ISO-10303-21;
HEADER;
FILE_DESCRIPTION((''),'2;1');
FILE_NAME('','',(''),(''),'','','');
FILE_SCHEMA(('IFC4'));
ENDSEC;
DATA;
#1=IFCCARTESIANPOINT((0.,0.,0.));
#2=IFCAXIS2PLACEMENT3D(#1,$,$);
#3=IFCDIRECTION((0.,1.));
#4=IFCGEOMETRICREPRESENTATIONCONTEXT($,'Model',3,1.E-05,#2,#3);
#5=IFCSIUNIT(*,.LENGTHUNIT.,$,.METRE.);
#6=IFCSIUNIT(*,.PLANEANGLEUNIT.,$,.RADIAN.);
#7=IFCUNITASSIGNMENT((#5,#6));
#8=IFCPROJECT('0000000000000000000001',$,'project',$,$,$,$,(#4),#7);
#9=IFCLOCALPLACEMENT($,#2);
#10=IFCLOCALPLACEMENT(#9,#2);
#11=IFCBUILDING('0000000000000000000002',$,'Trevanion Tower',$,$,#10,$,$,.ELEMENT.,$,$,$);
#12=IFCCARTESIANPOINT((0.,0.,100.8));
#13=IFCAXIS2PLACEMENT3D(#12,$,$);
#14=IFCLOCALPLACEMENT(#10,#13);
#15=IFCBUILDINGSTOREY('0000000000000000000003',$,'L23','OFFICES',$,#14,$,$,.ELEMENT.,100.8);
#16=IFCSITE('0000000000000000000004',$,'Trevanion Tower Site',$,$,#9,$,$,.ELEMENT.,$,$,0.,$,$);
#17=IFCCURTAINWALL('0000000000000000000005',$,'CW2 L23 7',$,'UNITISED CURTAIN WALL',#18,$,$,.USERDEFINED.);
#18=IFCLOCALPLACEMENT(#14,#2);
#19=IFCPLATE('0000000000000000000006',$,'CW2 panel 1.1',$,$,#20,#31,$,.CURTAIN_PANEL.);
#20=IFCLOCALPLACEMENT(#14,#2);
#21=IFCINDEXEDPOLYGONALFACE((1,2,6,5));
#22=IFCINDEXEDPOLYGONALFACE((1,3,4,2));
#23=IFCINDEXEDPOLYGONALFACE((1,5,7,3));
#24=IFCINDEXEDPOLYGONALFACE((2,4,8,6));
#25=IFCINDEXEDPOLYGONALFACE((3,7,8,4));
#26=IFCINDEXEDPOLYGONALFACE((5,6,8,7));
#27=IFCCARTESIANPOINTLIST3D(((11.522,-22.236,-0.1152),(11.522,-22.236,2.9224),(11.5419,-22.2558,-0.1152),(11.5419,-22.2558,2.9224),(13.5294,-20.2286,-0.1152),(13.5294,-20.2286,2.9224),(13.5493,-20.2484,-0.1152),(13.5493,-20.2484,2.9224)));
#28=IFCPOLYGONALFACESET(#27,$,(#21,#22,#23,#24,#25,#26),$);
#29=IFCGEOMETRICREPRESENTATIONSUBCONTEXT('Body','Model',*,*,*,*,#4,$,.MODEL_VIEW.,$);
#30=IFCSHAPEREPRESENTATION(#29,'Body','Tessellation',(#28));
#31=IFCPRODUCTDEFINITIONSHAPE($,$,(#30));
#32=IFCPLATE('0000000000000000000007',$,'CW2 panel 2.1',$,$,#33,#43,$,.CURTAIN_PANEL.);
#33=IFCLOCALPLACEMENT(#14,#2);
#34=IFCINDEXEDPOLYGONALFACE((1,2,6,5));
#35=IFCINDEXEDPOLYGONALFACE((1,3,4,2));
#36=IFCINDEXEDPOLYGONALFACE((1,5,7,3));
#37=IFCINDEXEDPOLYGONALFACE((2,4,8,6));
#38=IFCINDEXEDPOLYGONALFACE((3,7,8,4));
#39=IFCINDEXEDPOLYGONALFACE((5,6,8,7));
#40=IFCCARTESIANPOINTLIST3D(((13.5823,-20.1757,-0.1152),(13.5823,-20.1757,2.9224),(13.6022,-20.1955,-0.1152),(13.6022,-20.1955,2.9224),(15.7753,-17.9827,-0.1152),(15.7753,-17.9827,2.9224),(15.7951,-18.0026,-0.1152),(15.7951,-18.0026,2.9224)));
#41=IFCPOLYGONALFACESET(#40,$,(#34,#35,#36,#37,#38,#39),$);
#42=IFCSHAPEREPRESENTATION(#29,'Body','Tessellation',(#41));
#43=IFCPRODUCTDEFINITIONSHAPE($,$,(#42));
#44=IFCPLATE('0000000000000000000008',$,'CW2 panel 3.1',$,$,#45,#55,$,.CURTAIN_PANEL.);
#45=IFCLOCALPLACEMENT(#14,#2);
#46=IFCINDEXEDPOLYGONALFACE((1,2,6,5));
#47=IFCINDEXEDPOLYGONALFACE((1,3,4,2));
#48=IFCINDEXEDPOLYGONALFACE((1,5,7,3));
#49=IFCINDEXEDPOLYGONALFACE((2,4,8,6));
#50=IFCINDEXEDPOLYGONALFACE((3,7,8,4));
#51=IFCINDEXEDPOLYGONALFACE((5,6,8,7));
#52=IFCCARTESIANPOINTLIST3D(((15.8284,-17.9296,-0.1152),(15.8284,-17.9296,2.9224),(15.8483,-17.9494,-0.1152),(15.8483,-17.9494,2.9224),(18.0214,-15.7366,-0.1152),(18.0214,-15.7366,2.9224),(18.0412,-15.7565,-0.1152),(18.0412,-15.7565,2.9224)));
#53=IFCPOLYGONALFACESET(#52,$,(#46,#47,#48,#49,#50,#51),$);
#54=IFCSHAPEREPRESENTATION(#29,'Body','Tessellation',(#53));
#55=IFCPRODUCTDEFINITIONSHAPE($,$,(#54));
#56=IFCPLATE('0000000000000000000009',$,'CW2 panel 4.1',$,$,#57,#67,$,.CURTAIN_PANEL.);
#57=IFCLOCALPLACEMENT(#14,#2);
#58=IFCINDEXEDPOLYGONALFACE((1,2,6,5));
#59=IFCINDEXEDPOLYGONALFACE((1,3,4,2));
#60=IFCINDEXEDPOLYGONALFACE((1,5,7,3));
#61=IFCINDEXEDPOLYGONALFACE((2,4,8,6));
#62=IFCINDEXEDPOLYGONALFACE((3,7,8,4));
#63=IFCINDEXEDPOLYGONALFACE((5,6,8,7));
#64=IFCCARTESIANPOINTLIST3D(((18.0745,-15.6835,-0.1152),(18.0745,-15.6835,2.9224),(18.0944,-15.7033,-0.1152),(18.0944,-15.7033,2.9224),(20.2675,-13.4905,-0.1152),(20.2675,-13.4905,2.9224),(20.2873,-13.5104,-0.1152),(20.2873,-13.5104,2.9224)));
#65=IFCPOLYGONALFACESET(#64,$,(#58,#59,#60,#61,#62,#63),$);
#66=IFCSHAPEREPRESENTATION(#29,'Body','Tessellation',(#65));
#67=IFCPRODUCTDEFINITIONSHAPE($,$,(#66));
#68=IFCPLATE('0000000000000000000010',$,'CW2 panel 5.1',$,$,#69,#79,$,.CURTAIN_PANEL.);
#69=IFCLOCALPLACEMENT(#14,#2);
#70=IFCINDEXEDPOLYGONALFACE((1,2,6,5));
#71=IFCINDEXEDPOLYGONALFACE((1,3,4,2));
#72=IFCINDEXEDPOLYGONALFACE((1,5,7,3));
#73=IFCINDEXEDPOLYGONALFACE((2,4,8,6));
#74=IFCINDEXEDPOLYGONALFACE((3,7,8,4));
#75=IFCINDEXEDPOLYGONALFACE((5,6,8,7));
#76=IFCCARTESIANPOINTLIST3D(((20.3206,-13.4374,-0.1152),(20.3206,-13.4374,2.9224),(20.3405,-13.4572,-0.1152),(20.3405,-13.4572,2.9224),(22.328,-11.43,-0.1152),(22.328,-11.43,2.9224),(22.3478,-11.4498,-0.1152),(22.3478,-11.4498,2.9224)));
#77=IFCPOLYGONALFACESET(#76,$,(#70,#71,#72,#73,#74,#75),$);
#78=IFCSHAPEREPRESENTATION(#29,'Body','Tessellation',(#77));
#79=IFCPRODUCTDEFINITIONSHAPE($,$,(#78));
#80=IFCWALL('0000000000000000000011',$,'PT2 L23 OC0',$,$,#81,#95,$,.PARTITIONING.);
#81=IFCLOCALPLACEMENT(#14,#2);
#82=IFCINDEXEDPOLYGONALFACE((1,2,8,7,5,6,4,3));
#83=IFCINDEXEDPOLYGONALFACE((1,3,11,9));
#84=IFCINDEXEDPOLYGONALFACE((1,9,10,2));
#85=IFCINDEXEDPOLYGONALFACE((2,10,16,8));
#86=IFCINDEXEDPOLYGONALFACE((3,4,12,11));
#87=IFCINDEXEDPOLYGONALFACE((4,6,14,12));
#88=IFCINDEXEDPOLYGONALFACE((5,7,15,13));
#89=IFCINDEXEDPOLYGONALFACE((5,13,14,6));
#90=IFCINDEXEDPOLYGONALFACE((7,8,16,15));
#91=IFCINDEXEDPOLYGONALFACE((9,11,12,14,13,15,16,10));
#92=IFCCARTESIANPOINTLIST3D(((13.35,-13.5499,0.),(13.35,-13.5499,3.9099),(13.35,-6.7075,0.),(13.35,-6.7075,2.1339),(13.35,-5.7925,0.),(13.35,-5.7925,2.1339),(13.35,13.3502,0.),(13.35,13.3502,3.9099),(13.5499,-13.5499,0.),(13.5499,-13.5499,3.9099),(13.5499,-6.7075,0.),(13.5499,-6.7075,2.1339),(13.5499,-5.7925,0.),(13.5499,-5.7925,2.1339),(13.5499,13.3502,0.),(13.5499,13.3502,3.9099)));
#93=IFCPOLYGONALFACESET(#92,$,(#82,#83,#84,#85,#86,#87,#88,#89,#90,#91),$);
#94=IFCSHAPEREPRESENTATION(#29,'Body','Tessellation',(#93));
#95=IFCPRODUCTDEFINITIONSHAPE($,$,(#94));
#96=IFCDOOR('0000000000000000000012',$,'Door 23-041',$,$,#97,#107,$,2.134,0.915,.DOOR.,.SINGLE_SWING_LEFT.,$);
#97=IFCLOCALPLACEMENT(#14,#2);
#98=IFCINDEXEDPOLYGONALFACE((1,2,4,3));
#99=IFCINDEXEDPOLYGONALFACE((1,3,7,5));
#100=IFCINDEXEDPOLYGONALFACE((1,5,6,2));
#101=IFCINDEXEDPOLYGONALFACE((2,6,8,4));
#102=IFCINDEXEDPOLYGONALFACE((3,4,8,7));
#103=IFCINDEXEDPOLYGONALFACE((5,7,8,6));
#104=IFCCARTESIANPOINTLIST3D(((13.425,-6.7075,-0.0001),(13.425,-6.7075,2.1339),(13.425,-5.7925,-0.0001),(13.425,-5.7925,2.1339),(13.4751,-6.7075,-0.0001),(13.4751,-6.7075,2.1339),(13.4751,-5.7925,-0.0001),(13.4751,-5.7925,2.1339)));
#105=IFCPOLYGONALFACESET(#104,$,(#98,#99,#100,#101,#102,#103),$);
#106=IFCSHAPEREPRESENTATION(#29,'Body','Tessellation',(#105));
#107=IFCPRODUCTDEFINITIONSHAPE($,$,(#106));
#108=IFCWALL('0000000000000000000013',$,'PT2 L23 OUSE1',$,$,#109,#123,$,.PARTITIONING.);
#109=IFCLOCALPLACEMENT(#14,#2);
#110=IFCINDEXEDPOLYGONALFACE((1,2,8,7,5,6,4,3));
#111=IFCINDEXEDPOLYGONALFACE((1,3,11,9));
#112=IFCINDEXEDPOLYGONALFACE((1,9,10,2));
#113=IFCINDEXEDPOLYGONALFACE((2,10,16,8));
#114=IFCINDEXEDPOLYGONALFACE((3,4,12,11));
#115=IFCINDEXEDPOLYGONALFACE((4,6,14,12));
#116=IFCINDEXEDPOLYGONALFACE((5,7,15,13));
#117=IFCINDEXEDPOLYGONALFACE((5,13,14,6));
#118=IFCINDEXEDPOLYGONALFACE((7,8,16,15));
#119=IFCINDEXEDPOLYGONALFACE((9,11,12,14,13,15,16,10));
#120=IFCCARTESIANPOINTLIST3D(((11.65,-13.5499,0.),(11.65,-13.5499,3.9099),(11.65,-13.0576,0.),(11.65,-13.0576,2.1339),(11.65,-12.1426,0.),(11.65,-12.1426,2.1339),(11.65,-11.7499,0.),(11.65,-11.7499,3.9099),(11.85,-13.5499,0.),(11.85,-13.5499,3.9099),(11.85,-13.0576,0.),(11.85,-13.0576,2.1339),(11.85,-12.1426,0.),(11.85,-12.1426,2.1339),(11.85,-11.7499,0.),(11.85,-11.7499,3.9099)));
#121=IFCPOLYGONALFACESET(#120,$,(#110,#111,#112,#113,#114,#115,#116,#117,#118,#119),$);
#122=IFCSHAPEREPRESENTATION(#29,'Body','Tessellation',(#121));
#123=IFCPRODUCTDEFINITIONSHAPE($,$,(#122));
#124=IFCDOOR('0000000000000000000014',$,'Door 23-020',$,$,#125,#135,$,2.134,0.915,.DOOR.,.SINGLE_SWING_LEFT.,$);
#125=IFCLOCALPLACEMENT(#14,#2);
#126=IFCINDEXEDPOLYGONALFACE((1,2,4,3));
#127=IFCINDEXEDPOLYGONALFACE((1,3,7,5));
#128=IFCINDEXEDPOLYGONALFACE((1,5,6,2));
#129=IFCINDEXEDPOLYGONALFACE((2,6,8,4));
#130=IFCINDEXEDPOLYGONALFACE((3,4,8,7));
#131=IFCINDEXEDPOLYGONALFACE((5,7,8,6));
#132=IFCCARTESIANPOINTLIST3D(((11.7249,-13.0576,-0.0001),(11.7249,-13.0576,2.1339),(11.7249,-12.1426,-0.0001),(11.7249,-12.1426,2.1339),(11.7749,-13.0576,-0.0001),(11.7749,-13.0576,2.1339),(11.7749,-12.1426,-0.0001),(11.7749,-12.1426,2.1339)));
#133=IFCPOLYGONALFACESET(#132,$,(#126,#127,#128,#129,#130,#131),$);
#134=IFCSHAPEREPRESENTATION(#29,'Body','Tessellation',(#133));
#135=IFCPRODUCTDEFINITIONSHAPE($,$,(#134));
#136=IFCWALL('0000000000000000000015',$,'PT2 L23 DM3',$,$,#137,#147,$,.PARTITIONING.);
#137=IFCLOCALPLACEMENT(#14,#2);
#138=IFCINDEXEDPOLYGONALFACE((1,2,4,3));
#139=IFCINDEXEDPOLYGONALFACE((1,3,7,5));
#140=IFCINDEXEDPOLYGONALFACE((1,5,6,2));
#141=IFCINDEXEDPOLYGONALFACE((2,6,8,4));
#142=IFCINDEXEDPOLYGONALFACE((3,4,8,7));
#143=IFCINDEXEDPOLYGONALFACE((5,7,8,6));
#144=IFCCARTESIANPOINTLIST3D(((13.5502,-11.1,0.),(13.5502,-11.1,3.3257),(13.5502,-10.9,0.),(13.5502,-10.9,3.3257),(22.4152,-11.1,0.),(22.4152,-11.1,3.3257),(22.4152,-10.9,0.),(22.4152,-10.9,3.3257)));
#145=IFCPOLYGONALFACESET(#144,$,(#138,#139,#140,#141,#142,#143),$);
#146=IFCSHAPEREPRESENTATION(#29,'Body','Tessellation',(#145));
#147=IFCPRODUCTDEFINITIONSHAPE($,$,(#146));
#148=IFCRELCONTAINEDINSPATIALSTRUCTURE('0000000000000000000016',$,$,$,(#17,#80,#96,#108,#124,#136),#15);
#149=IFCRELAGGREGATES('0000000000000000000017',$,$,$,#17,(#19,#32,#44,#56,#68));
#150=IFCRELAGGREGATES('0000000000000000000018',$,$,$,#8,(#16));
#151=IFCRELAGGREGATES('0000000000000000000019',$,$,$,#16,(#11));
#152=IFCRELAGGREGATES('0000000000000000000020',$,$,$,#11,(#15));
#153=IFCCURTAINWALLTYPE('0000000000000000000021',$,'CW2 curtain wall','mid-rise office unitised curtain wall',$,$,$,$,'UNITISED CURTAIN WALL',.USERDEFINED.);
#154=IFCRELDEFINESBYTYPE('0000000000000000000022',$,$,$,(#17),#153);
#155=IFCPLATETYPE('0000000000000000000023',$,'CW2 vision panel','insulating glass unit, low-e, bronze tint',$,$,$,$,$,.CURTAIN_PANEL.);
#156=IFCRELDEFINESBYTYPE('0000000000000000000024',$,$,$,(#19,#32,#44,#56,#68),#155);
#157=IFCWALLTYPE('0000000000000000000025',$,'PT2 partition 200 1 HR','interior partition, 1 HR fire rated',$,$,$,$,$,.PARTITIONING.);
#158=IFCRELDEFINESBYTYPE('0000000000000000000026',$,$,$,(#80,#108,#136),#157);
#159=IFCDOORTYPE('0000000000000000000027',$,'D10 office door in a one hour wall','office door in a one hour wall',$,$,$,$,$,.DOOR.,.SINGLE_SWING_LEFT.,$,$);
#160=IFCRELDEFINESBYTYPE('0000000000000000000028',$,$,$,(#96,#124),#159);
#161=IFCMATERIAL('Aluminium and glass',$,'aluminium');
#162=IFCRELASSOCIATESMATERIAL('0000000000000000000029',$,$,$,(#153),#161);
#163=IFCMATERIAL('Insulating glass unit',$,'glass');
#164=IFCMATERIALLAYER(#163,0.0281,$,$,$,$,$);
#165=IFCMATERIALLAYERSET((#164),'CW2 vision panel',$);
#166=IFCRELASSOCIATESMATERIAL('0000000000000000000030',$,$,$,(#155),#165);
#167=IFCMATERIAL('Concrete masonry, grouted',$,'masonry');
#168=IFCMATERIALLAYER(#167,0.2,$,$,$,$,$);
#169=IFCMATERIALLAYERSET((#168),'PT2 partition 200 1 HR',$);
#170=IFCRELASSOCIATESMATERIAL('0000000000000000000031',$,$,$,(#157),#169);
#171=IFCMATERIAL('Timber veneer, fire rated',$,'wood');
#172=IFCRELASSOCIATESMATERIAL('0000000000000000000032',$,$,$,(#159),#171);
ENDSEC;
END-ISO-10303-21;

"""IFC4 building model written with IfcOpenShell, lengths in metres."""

from ifc_helpers import new_model, si_unit, direction, frame, frame_2d, origin, origin_2d, place, context, subcontext, project, spatial, rectangle, extrude, material, layer, layer_set, type_object, element, fill, aggregate, save


model = new_model("IFC4")

# Units and contexts
model_context = context("Model", 3, precision=1e-05, world=origin(), true_north=direction((0.0, 1.0)))
body_context = subcontext(model_context, "Body", "Model", "MODEL_VIEW")
ifc_project = project(units=[si_unit("LENGTHUNIT", "METRE"), si_unit("PLANEANGLEUNIT", "RADIAN")], contexts=[model_context])

# Site, building, storey
site_placement = place(None, origin())
site = spatial("IfcSite", under=ifc_project, at=site_placement, Name="Trevanion Tower Site", CompositionType="ELEMENT", RefElevation=0.0)
building_placement = place(site_placement, origin())
building = spatial("IfcBuilding", under=site, at=building_placement, Name="Trevanion Tower", CompositionType="ELEMENT")
storey_placement = place(building_placement, frame((0.0, 0.0, 100.8)))
storey = spatial("IfcBuildingStorey", under=building, at=storey_placement, Name="L23", Description="OFFICES", CompositionType="ELEMENT", Elevation=100.8)

# Curtain wall
ifc_material_1 = material(Name="Aluminium and glass", Category="aluminium")
curtain_wall_type = type_object("IfcCurtainWallType", Name="CW2 curtain wall", Description="mid-rise office unitised curtain wall", ElementType="UNITISED CURTAIN WALL", PredefinedType="USERDEFINED", material=ifc_material_1)
curtain_wall_placement = place(storey_placement, origin())
curtain_wall = element("IfcCurtainWall", 1, at=curtain_wall_placement, inside=storey, type_object=curtain_wall_type, Name="CW2 L23 7", ObjectType="UNITISED CURTAIN WALL", PredefinedType="USERDEFINED")

# Plates
ifc_material_2 = material(Name="Insulating glass unit", Category="glass")
ifc_layer_1 = layer(ifc_material_2, 0.0281)
ifc_layer_set_1 = layer_set([ifc_layer_1], Name="CW2 vision panel")
plate_type_1 = type_object("IfcPlateType", Name="CW2 vision panel", Description="insulating glass unit, low-e, bronze tint", PredefinedType="CURTAIN_PANEL", material=ifc_layer_set_1)
plate_1_placement = place(storey_placement, frame((12.5356, -21.2422, -0.1152), z_axis=(0.0, 0.0, 1.0), x_axis=(0.707107, 0.707107, 0.0)))
plate_1 = element("IfcPlate", 2, at=plate_1_placement, type_object=plate_type_1, Name="CW2 panel 1.1", PredefinedType="CURTAIN_PANEL", context=body_context, shape_type="SweptSolid", body=[
    extrude(rectangle(XDim=2.8389, YDim=0.0281, at=origin_2d()), origin(), (0.0, 0.0, 1.0), 3.0376),
])
plate_2_placement = place(storey_placement, frame((14.6887, -19.0891, -0.1152), z_axis=(0.0, 0.0, 1.0), x_axis=(0.707107, 0.707107, 0.0)))
plate_2 = element("IfcPlate", 3, at=plate_2_placement, type_object=plate_type_1, Name="CW2 panel 2.1", PredefinedType="CURTAIN_PANEL", context=body_context, shape_type="SweptSolid", body=[
    extrude(rectangle(XDim=3.1013, YDim=0.0281, at=origin_2d()), origin(), (0.0, 0.0, 1.0), 3.0376),
])
plate_3_placement = place(storey_placement, frame((16.9348, -16.843, -0.1152), z_axis=(0.0, 0.0, 1.0), x_axis=(0.707107, 0.707107, 0.0)))
plate_3 = element("IfcPlate", 4, at=plate_3_placement, type_object=plate_type_1, Name="CW2 panel 3.1", PredefinedType="CURTAIN_PANEL", context=body_context, shape_type="SweptSolid", body=[
    extrude(rectangle(XDim=3.1013, YDim=0.0281, at=origin_2d()), origin(), (0.0, 0.0, 1.0), 3.0376),
])
plate_4_placement = place(storey_placement, frame((19.1809, -14.5969, -0.1152), z_axis=(0.0, 0.0, 1.0), x_axis=(0.707107, 0.707107, 0.0)))
plate_4 = element("IfcPlate", 5, at=plate_4_placement, type_object=plate_type_1, Name="CW2 panel 4.1", PredefinedType="CURTAIN_PANEL", context=body_context, shape_type="SweptSolid", body=[
    extrude(rectangle(XDim=3.1013, YDim=0.0281, at=origin_2d()), origin(), (0.0, 0.0, 1.0), 3.0376),
])
plate_5_placement = place(storey_placement, frame((21.3342, -12.4436, -0.1152), z_axis=(0.0, 0.0, 1.0), x_axis=(0.707107, 0.707107, 0.0)))
plate_5 = element("IfcPlate", 6, at=plate_5_placement, type_object=plate_type_1, Name="CW2 panel 5.1", PredefinedType="CURTAIN_PANEL", context=body_context, shape_type="SweptSolid", body=[
    extrude(rectangle(XDim=2.8389, YDim=0.0281, at=origin_2d()), origin(), (0.0, 0.0, 1.0), 3.0376),
])
aggregate(curtain_wall, [plate_1, plate_2, plate_3, plate_4, plate_5])

# Walls, openings, doors
ifc_material_3 = material(Name="Concrete masonry, grouted", Category="masonry")
ifc_layer_2 = layer(ifc_material_3, 0.2)
ifc_layer_set_2 = layer_set([ifc_layer_2], Name="PT2 partition 200 1 HR")
wall_type = type_object("IfcWallType", Name="PT2 partition 200 1 HR", Description="interior partition, 1 HR fire rated", PredefinedType="PARTITIONING", material=ifc_layer_set_2)
wall_1_placement = place(storey_placement, frame((13.45, -13.55, 0.0), z_axis=(0.0, 0.0, 1.0), x_axis=(0.0, 1.0, 0.0)))
wall_1 = element("IfcWall", 7, at=wall_1_placement, inside=storey, type_object=wall_type, Name="PT2 L23 OC0", PredefinedType="PARTITIONING", context=body_context, shape_type="SweptSolid", body=[
    extrude(rectangle(XDim=26.9001, YDim=0.2, at=frame_2d((13.4502, 0.0))), origin(), (0.0, 0.0, 1.0), 3.9099),
])
opening_1_placement = place(wall_1_placement, frame((6.8425, 0.0, 0.0)))
opening_1 = element("IfcOpeningElement", 8, at=opening_1_placement, cuts=wall_1, PredefinedType="OPENING", context=body_context, shape_type="SweptSolid", body=[
    extrude(rectangle(XDim=0.915, YDim=2.134, at=frame_2d((0.4575, 1.0669))), frame((0.0, 0.1099, 0.0), z_axis=(0.0, -1.0, 0.0), x_axis=(1.0, 0.0, 0.0)), (0.0, 0.0, 1.0), 0.22),
])
ifc_material_4 = material(Name="Timber veneer, fire rated", Category="wood")
door_type = type_object("IfcDoorType", Name="D10 office door in a one hour wall", Description="office door in a one hour wall", OperationType="SINGLE_SWING_LEFT", PredefinedType="DOOR", material=ifc_material_4)
door_1_placement = place(opening_1_placement, origin())
door_1 = element("IfcDoor", 9, at=door_1_placement, inside=storey, type_object=door_type, Name="Door 23-041", OperationType="SINGLE_SWING_LEFT", OverallHeight=2.134, OverallWidth=0.915, PredefinedType="DOOR", context=body_context, shape_type="SweptSolid", body=[
    extrude(rectangle(XDim=0.915, YDim=2.134, at=frame_2d((0.4575, 1.0669))), frame((0.0, 0.0249, 0.0), z_axis=(0.0, -1.0, 0.0), x_axis=(1.0, 0.0, 0.0)), (0.0, 0.0, 1.0), 0.05),
])
fill(opening_1, door_1)
wall_2_placement = place(storey_placement, frame((11.75, -11.75, 0.0), z_axis=(0.0, 0.0, 1.0), x_axis=(0.0, -1.0, 0.0)))
wall_2 = element("IfcWall", 10, at=wall_2_placement, inside=storey, type_object=wall_type, Name="PT2 L23 OUSE1", PredefinedType="PARTITIONING", context=body_context, shape_type="SweptSolid", body=[
    extrude(rectangle(XDim=1.8, YDim=0.2, at=frame_2d((0.8999, 0.0))), origin(), (0.0, 0.0, 1.0), 3.9099),
])
opening_2_placement = place(wall_2_placement, frame((0.3926, 0.0, 0.0)))
opening_2 = element("IfcOpeningElement", 11, at=opening_2_placement, cuts=wall_2, PredefinedType="OPENING", context=body_context, shape_type="SweptSolid", body=[
    extrude(rectangle(XDim=0.915, YDim=2.134, at=frame_2d((0.4575, 1.0669))), frame((0.0, 0.1099, 0.0), z_axis=(0.0, -1.0, 0.0), x_axis=(1.0, 0.0, 0.0)), (0.0, 0.0, 1.0), 0.22),
])
door_2_placement = place(opening_2_placement, origin())
door_2 = element("IfcDoor", 12, at=door_2_placement, inside=storey, type_object=door_type, Name="Door 23-020", OperationType="SINGLE_SWING_LEFT", OverallHeight=2.134, OverallWidth=0.915, PredefinedType="DOOR", context=body_context, shape_type="SweptSolid", body=[
    extrude(rectangle(XDim=0.915, YDim=2.134, at=frame_2d((0.4575, 1.0669))), frame((0.0, 0.0249, 0.0), z_axis=(0.0, -1.0, 0.0), x_axis=(1.0, 0.0, 0.0)), (0.0, 0.0, 1.0), 0.05),
])
fill(opening_2, door_2)

# Wall
wall_3_placement = place(storey_placement, frame((13.55, -11.0, 0.0), z_axis=(0.0, 0.0, 1.0), x_axis=(1.0, 0.0, 0.0)))
element("IfcWall", 13, at=wall_3_placement, inside=storey, type_object=wall_type, Name="PT2 L23 DM3", PredefinedType="PARTITIONING", context=body_context, shape_type="SweptSolid", body=[
    extrude(rectangle(XDim=8.865, YDim=0.2, at=frame_2d((4.4326, 0.0))), origin(), (0.0, 0.0, 1.0), 3.3257),
])

save(model, "model.ifc")
